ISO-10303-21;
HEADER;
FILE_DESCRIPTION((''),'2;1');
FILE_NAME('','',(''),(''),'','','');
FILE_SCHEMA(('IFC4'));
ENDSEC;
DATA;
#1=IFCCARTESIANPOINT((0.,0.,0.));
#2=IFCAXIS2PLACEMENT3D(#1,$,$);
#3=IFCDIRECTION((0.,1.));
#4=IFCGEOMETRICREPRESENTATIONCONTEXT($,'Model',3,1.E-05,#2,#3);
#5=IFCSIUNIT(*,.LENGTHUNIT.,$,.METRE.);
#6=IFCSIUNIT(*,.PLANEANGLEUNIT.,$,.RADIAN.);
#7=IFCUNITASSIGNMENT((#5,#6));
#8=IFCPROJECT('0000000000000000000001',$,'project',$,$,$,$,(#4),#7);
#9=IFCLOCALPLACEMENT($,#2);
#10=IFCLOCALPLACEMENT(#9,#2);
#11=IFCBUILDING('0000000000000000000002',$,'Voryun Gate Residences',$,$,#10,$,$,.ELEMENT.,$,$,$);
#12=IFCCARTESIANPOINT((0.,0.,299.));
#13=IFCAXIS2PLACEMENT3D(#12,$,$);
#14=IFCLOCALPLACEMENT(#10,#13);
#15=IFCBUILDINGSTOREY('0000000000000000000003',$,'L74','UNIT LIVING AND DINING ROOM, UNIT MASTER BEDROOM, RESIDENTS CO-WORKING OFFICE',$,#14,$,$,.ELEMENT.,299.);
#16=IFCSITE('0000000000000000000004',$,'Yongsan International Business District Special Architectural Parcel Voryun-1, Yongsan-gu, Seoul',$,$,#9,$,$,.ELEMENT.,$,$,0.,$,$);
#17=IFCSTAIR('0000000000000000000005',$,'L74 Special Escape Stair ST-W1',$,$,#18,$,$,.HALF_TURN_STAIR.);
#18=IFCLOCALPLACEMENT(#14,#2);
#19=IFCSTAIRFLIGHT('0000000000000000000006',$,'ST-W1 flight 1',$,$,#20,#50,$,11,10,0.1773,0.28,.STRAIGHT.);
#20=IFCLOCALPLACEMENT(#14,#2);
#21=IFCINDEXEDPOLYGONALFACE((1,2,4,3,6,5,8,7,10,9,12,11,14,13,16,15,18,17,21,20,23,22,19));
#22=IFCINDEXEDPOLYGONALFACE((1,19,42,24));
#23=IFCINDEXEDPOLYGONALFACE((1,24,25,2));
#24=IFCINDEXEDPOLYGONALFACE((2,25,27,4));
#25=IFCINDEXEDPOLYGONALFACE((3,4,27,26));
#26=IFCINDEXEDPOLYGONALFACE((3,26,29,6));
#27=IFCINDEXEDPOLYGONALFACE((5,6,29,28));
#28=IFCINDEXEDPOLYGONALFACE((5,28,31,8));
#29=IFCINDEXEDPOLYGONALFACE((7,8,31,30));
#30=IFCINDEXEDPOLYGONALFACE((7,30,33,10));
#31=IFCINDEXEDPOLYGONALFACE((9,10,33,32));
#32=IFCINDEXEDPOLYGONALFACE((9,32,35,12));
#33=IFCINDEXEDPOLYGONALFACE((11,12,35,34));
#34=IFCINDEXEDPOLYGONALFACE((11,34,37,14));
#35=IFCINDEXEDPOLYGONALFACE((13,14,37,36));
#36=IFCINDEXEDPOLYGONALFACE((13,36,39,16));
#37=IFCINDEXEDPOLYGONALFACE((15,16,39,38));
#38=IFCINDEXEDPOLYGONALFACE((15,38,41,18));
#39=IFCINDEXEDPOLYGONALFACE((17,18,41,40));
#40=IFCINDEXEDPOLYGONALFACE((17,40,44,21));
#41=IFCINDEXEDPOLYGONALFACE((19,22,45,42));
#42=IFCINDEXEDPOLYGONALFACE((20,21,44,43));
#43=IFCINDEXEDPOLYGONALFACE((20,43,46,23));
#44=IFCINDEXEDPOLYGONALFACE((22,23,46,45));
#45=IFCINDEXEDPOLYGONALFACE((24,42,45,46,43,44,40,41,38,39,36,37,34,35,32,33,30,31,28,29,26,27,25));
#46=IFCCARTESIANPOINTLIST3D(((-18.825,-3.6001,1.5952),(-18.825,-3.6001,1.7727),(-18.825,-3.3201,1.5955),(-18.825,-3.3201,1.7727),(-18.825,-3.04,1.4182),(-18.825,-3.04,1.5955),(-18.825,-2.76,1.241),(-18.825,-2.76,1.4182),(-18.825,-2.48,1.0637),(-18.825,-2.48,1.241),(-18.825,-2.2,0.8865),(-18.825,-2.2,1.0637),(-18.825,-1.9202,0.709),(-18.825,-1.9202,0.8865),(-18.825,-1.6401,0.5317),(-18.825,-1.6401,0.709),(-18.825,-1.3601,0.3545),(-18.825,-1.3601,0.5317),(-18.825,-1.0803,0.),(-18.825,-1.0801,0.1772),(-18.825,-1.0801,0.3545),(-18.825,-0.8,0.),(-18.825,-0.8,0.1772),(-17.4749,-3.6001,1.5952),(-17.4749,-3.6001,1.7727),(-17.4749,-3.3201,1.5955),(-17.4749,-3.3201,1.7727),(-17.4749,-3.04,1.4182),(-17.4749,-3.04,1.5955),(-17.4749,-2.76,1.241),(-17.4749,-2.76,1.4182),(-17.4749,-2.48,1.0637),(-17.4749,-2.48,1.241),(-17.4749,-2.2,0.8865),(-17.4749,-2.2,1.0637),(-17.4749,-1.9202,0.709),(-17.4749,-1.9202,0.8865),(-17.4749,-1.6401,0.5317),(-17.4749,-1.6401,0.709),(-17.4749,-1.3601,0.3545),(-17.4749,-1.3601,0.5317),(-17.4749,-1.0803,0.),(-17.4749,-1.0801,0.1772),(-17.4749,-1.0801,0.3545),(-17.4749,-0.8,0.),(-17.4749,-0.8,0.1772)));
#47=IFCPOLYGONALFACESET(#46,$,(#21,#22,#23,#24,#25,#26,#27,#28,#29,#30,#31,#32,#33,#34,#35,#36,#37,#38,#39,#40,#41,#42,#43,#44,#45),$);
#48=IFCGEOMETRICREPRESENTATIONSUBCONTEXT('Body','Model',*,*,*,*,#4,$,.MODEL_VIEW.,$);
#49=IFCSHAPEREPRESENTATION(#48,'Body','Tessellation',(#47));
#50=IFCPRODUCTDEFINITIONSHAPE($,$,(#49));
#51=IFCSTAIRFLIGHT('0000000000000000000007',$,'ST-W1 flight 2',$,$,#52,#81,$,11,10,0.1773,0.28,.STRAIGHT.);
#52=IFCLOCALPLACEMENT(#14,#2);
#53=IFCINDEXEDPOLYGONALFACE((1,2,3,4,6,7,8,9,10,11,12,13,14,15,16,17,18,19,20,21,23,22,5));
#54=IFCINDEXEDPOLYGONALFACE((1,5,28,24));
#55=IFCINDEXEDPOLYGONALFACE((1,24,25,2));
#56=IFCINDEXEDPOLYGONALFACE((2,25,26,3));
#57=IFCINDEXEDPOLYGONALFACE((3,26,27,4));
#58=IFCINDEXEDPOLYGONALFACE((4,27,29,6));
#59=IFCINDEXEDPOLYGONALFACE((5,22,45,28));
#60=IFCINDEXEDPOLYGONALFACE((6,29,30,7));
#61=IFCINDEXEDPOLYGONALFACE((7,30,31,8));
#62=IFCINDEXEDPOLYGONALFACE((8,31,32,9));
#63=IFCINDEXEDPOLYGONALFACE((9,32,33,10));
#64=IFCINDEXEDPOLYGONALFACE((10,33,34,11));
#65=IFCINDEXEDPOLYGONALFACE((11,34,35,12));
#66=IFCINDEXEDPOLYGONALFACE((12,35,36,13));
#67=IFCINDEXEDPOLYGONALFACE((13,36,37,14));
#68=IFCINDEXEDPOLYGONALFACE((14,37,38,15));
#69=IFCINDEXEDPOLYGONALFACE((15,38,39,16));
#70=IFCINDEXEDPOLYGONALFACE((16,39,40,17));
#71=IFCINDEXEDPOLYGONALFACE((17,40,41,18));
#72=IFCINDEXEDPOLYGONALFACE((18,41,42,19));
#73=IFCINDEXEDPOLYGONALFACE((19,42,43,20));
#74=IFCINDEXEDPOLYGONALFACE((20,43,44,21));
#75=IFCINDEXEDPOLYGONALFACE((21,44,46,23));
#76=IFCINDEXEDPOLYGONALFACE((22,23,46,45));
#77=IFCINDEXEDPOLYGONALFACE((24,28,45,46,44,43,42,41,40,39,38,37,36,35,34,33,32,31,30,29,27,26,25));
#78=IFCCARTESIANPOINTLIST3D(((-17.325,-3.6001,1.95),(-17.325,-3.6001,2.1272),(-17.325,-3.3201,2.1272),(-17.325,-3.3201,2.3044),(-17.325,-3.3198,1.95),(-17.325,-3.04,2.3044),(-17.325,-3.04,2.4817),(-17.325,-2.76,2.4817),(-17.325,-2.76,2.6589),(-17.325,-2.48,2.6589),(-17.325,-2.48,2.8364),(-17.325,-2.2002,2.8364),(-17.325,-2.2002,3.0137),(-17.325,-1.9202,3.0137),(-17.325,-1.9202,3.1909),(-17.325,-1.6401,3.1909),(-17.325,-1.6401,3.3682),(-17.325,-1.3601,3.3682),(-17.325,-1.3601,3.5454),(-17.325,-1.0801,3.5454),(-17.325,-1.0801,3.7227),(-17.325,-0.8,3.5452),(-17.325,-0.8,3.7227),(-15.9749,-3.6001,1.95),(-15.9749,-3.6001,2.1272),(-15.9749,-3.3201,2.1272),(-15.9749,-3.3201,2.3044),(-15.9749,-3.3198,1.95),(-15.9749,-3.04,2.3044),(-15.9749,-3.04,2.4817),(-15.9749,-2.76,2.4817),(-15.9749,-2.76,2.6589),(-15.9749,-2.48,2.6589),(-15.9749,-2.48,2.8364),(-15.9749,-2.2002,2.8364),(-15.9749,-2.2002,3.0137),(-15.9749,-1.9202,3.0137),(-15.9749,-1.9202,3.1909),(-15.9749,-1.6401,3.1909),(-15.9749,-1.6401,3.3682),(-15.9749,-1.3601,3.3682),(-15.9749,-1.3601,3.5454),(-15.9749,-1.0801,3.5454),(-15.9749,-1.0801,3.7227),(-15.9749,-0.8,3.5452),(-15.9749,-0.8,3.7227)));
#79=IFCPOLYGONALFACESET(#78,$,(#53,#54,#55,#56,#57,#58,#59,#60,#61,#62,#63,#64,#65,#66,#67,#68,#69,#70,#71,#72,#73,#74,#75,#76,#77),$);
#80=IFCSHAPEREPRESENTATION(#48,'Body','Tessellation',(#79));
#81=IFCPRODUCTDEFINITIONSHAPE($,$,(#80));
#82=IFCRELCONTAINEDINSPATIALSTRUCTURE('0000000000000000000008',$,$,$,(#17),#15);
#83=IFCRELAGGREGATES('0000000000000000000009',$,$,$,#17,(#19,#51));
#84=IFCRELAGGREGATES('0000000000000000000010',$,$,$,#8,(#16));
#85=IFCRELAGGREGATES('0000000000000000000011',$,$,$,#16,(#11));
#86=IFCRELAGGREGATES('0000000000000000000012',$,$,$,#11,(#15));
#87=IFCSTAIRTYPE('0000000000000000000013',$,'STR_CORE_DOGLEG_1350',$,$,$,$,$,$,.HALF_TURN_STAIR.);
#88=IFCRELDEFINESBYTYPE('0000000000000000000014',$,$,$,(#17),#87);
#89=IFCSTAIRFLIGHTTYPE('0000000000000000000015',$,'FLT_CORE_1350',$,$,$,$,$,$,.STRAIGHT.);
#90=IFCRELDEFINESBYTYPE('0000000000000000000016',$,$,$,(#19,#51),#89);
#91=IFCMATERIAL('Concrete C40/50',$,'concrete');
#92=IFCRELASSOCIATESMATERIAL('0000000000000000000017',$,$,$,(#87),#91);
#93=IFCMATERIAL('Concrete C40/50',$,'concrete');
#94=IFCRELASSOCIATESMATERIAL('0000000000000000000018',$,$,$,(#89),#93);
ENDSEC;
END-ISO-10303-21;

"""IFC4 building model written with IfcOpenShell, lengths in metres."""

from ifc_helpers import new_model, si_unit, direction, frame, origin, place, context, subcontext, project, spatial, polyline, outline, extrude, material, type_object, element, aggregate, save


model = new_model("IFC4")

# Units and contexts
model_context = context("Model", 3, precision=1e-05, world=origin(), true_north=direction((0.0, 1.0)))
body_context = subcontext(model_context, "Body", "Model", "MODEL_VIEW")
ifc_project = project(units=[si_unit("LENGTHUNIT", "METRE"), si_unit("PLANEANGLEUNIT", "RADIAN")], contexts=[model_context])

# Site, building, storey
site_placement = place(None, origin())
site = spatial("IfcSite", under=ifc_project, at=site_placement, Name="Yongsan International Business District Special Architectural Parcel Voryun-1, Yongsan-gu, Seoul", CompositionType="ELEMENT", RefElevation=0.0)
building_placement = place(site_placement, origin())
building = spatial("IfcBuilding", under=site, at=building_placement, Name="Voryun Gate Residences", CompositionType="ELEMENT")
storey_placement = place(building_placement, frame((0.0, 0.0, 299.0)))
storey = spatial("IfcBuildingStorey", under=building, at=storey_placement, Name="L74", Description="UNIT LIVING AND DINING ROOM, UNIT MASTER BEDROOM, RESIDENTS CO-WORKING OFFICE", CompositionType="ELEMENT", Elevation=299.0)

# Stair, stair flights
ifc_material_1 = material(Name="Concrete C40/50", Category="concrete")
stair_type = type_object("IfcStairType", Name="STR_CORE_DOGLEG_1350", PredefinedType="HALF_TURN_STAIR", material=ifc_material_1)
stair_placement = place(storey_placement, origin())
stair = element("IfcStair", 1, at=stair_placement, inside=storey, type_object=stair_type, Name="L74 Special Escape Stair ST-W1", PredefinedType="HALF_TURN_STAIR")
ifc_material_2 = material(Name="Concrete C40/50", Category="concrete")
stair_flight_type = type_object("IfcStairFlightType", Name="FLT_CORE_1350", PredefinedType="STRAIGHT", material=ifc_material_2)
stair_flight_1_placement = place(storey_placement, frame((-18.1499, -0.8, 0.0), z_axis=(0.0, 0.0, 1.0), x_axis=(0.0, -1.0, 0.0)))
stair_flight_1 = element("IfcStairFlight", 2, at=stair_flight_1_placement, type_object=stair_flight_type, Name="ST-W1 flight 1", NumberOfRisers=11, NumberOfTreads=10, PredefinedType="STRAIGHT", RiserHeight=0.1773, TreadLength=0.28, context=body_context, shape_type="SweptSolid", body=[
    extrude(outline(polyline([(0.0, 0.0), (0.0, 0.1772), (0.28, 0.1772), (0.28, 0.3545), (0.5601, 0.3545), (0.5601, 0.5317), (0.8401, 0.5317), (0.8401, 0.709), (1.1201, 0.709), (1.1201, 0.8865), (1.3999, 0.8865), (1.3999, 1.0637), (1.6799, 1.0637), (1.6799, 1.241), (1.96, 1.241), (1.96, 1.4182), (2.24, 1.4182), (2.24, 1.5955), (2.52, 1.5955), (2.52, 1.7727), (2.8, 1.7727), (2.8, 1.95), (2.8, 1.5952), (0.2803, 0.0), (0.0, 0.0)])), frame((0.0, 0.675, 0.0), z_axis=(0.0, -1.0, 0.0), x_axis=(1.0, 0.0, 0.0)), (0.0, 0.0, 1.0), 1.3501),
])
stair_flight_2_placement = place(storey_placement, frame((-16.6499, -3.6001, 1.95), z_axis=(0.0, 0.0, 1.0), x_axis=(0.0, 1.0, 0.0)))
stair_flight_2 = element("IfcStairFlight", 3, at=stair_flight_2_placement, type_object=stair_flight_type, Name="ST-W1 flight 2", NumberOfRisers=11, NumberOfTreads=10, PredefinedType="STRAIGHT", RiserHeight=0.1773, TreadLength=0.28, context=body_context, shape_type="SweptSolid", body=[
    extrude(outline(polyline([(0.0, 0.0), (0.0, 0.1772), (0.28, 0.1772), (0.28, 0.3545), (0.5601, 0.3545), (0.5601, 0.5317), (0.8401, 0.5317), (0.8401, 0.709), (1.1201, 0.709), (1.1201, 0.8865), (1.3999, 0.8865), (1.3999, 1.0637), (1.6799, 1.0637), (1.6799, 1.241), (1.96, 1.241), (1.96, 1.4182), (2.24, 1.4182), (2.24, 1.5955), (2.52, 1.5955), (2.52, 1.7727), (2.8, 1.7727), (2.8, 1.95), (2.8, 1.5952), (0.2803, 0.0), (0.0, 0.0)])), frame((0.0, 0.675, 0.0), z_axis=(0.0, -1.0, 0.0), x_axis=(1.0, 0.0, 0.0)), (0.0, 0.0, 1.0), 1.3501),
])
aggregate(stair, [stair_flight_1, stair_flight_2])

save(model, "model.ifc")
